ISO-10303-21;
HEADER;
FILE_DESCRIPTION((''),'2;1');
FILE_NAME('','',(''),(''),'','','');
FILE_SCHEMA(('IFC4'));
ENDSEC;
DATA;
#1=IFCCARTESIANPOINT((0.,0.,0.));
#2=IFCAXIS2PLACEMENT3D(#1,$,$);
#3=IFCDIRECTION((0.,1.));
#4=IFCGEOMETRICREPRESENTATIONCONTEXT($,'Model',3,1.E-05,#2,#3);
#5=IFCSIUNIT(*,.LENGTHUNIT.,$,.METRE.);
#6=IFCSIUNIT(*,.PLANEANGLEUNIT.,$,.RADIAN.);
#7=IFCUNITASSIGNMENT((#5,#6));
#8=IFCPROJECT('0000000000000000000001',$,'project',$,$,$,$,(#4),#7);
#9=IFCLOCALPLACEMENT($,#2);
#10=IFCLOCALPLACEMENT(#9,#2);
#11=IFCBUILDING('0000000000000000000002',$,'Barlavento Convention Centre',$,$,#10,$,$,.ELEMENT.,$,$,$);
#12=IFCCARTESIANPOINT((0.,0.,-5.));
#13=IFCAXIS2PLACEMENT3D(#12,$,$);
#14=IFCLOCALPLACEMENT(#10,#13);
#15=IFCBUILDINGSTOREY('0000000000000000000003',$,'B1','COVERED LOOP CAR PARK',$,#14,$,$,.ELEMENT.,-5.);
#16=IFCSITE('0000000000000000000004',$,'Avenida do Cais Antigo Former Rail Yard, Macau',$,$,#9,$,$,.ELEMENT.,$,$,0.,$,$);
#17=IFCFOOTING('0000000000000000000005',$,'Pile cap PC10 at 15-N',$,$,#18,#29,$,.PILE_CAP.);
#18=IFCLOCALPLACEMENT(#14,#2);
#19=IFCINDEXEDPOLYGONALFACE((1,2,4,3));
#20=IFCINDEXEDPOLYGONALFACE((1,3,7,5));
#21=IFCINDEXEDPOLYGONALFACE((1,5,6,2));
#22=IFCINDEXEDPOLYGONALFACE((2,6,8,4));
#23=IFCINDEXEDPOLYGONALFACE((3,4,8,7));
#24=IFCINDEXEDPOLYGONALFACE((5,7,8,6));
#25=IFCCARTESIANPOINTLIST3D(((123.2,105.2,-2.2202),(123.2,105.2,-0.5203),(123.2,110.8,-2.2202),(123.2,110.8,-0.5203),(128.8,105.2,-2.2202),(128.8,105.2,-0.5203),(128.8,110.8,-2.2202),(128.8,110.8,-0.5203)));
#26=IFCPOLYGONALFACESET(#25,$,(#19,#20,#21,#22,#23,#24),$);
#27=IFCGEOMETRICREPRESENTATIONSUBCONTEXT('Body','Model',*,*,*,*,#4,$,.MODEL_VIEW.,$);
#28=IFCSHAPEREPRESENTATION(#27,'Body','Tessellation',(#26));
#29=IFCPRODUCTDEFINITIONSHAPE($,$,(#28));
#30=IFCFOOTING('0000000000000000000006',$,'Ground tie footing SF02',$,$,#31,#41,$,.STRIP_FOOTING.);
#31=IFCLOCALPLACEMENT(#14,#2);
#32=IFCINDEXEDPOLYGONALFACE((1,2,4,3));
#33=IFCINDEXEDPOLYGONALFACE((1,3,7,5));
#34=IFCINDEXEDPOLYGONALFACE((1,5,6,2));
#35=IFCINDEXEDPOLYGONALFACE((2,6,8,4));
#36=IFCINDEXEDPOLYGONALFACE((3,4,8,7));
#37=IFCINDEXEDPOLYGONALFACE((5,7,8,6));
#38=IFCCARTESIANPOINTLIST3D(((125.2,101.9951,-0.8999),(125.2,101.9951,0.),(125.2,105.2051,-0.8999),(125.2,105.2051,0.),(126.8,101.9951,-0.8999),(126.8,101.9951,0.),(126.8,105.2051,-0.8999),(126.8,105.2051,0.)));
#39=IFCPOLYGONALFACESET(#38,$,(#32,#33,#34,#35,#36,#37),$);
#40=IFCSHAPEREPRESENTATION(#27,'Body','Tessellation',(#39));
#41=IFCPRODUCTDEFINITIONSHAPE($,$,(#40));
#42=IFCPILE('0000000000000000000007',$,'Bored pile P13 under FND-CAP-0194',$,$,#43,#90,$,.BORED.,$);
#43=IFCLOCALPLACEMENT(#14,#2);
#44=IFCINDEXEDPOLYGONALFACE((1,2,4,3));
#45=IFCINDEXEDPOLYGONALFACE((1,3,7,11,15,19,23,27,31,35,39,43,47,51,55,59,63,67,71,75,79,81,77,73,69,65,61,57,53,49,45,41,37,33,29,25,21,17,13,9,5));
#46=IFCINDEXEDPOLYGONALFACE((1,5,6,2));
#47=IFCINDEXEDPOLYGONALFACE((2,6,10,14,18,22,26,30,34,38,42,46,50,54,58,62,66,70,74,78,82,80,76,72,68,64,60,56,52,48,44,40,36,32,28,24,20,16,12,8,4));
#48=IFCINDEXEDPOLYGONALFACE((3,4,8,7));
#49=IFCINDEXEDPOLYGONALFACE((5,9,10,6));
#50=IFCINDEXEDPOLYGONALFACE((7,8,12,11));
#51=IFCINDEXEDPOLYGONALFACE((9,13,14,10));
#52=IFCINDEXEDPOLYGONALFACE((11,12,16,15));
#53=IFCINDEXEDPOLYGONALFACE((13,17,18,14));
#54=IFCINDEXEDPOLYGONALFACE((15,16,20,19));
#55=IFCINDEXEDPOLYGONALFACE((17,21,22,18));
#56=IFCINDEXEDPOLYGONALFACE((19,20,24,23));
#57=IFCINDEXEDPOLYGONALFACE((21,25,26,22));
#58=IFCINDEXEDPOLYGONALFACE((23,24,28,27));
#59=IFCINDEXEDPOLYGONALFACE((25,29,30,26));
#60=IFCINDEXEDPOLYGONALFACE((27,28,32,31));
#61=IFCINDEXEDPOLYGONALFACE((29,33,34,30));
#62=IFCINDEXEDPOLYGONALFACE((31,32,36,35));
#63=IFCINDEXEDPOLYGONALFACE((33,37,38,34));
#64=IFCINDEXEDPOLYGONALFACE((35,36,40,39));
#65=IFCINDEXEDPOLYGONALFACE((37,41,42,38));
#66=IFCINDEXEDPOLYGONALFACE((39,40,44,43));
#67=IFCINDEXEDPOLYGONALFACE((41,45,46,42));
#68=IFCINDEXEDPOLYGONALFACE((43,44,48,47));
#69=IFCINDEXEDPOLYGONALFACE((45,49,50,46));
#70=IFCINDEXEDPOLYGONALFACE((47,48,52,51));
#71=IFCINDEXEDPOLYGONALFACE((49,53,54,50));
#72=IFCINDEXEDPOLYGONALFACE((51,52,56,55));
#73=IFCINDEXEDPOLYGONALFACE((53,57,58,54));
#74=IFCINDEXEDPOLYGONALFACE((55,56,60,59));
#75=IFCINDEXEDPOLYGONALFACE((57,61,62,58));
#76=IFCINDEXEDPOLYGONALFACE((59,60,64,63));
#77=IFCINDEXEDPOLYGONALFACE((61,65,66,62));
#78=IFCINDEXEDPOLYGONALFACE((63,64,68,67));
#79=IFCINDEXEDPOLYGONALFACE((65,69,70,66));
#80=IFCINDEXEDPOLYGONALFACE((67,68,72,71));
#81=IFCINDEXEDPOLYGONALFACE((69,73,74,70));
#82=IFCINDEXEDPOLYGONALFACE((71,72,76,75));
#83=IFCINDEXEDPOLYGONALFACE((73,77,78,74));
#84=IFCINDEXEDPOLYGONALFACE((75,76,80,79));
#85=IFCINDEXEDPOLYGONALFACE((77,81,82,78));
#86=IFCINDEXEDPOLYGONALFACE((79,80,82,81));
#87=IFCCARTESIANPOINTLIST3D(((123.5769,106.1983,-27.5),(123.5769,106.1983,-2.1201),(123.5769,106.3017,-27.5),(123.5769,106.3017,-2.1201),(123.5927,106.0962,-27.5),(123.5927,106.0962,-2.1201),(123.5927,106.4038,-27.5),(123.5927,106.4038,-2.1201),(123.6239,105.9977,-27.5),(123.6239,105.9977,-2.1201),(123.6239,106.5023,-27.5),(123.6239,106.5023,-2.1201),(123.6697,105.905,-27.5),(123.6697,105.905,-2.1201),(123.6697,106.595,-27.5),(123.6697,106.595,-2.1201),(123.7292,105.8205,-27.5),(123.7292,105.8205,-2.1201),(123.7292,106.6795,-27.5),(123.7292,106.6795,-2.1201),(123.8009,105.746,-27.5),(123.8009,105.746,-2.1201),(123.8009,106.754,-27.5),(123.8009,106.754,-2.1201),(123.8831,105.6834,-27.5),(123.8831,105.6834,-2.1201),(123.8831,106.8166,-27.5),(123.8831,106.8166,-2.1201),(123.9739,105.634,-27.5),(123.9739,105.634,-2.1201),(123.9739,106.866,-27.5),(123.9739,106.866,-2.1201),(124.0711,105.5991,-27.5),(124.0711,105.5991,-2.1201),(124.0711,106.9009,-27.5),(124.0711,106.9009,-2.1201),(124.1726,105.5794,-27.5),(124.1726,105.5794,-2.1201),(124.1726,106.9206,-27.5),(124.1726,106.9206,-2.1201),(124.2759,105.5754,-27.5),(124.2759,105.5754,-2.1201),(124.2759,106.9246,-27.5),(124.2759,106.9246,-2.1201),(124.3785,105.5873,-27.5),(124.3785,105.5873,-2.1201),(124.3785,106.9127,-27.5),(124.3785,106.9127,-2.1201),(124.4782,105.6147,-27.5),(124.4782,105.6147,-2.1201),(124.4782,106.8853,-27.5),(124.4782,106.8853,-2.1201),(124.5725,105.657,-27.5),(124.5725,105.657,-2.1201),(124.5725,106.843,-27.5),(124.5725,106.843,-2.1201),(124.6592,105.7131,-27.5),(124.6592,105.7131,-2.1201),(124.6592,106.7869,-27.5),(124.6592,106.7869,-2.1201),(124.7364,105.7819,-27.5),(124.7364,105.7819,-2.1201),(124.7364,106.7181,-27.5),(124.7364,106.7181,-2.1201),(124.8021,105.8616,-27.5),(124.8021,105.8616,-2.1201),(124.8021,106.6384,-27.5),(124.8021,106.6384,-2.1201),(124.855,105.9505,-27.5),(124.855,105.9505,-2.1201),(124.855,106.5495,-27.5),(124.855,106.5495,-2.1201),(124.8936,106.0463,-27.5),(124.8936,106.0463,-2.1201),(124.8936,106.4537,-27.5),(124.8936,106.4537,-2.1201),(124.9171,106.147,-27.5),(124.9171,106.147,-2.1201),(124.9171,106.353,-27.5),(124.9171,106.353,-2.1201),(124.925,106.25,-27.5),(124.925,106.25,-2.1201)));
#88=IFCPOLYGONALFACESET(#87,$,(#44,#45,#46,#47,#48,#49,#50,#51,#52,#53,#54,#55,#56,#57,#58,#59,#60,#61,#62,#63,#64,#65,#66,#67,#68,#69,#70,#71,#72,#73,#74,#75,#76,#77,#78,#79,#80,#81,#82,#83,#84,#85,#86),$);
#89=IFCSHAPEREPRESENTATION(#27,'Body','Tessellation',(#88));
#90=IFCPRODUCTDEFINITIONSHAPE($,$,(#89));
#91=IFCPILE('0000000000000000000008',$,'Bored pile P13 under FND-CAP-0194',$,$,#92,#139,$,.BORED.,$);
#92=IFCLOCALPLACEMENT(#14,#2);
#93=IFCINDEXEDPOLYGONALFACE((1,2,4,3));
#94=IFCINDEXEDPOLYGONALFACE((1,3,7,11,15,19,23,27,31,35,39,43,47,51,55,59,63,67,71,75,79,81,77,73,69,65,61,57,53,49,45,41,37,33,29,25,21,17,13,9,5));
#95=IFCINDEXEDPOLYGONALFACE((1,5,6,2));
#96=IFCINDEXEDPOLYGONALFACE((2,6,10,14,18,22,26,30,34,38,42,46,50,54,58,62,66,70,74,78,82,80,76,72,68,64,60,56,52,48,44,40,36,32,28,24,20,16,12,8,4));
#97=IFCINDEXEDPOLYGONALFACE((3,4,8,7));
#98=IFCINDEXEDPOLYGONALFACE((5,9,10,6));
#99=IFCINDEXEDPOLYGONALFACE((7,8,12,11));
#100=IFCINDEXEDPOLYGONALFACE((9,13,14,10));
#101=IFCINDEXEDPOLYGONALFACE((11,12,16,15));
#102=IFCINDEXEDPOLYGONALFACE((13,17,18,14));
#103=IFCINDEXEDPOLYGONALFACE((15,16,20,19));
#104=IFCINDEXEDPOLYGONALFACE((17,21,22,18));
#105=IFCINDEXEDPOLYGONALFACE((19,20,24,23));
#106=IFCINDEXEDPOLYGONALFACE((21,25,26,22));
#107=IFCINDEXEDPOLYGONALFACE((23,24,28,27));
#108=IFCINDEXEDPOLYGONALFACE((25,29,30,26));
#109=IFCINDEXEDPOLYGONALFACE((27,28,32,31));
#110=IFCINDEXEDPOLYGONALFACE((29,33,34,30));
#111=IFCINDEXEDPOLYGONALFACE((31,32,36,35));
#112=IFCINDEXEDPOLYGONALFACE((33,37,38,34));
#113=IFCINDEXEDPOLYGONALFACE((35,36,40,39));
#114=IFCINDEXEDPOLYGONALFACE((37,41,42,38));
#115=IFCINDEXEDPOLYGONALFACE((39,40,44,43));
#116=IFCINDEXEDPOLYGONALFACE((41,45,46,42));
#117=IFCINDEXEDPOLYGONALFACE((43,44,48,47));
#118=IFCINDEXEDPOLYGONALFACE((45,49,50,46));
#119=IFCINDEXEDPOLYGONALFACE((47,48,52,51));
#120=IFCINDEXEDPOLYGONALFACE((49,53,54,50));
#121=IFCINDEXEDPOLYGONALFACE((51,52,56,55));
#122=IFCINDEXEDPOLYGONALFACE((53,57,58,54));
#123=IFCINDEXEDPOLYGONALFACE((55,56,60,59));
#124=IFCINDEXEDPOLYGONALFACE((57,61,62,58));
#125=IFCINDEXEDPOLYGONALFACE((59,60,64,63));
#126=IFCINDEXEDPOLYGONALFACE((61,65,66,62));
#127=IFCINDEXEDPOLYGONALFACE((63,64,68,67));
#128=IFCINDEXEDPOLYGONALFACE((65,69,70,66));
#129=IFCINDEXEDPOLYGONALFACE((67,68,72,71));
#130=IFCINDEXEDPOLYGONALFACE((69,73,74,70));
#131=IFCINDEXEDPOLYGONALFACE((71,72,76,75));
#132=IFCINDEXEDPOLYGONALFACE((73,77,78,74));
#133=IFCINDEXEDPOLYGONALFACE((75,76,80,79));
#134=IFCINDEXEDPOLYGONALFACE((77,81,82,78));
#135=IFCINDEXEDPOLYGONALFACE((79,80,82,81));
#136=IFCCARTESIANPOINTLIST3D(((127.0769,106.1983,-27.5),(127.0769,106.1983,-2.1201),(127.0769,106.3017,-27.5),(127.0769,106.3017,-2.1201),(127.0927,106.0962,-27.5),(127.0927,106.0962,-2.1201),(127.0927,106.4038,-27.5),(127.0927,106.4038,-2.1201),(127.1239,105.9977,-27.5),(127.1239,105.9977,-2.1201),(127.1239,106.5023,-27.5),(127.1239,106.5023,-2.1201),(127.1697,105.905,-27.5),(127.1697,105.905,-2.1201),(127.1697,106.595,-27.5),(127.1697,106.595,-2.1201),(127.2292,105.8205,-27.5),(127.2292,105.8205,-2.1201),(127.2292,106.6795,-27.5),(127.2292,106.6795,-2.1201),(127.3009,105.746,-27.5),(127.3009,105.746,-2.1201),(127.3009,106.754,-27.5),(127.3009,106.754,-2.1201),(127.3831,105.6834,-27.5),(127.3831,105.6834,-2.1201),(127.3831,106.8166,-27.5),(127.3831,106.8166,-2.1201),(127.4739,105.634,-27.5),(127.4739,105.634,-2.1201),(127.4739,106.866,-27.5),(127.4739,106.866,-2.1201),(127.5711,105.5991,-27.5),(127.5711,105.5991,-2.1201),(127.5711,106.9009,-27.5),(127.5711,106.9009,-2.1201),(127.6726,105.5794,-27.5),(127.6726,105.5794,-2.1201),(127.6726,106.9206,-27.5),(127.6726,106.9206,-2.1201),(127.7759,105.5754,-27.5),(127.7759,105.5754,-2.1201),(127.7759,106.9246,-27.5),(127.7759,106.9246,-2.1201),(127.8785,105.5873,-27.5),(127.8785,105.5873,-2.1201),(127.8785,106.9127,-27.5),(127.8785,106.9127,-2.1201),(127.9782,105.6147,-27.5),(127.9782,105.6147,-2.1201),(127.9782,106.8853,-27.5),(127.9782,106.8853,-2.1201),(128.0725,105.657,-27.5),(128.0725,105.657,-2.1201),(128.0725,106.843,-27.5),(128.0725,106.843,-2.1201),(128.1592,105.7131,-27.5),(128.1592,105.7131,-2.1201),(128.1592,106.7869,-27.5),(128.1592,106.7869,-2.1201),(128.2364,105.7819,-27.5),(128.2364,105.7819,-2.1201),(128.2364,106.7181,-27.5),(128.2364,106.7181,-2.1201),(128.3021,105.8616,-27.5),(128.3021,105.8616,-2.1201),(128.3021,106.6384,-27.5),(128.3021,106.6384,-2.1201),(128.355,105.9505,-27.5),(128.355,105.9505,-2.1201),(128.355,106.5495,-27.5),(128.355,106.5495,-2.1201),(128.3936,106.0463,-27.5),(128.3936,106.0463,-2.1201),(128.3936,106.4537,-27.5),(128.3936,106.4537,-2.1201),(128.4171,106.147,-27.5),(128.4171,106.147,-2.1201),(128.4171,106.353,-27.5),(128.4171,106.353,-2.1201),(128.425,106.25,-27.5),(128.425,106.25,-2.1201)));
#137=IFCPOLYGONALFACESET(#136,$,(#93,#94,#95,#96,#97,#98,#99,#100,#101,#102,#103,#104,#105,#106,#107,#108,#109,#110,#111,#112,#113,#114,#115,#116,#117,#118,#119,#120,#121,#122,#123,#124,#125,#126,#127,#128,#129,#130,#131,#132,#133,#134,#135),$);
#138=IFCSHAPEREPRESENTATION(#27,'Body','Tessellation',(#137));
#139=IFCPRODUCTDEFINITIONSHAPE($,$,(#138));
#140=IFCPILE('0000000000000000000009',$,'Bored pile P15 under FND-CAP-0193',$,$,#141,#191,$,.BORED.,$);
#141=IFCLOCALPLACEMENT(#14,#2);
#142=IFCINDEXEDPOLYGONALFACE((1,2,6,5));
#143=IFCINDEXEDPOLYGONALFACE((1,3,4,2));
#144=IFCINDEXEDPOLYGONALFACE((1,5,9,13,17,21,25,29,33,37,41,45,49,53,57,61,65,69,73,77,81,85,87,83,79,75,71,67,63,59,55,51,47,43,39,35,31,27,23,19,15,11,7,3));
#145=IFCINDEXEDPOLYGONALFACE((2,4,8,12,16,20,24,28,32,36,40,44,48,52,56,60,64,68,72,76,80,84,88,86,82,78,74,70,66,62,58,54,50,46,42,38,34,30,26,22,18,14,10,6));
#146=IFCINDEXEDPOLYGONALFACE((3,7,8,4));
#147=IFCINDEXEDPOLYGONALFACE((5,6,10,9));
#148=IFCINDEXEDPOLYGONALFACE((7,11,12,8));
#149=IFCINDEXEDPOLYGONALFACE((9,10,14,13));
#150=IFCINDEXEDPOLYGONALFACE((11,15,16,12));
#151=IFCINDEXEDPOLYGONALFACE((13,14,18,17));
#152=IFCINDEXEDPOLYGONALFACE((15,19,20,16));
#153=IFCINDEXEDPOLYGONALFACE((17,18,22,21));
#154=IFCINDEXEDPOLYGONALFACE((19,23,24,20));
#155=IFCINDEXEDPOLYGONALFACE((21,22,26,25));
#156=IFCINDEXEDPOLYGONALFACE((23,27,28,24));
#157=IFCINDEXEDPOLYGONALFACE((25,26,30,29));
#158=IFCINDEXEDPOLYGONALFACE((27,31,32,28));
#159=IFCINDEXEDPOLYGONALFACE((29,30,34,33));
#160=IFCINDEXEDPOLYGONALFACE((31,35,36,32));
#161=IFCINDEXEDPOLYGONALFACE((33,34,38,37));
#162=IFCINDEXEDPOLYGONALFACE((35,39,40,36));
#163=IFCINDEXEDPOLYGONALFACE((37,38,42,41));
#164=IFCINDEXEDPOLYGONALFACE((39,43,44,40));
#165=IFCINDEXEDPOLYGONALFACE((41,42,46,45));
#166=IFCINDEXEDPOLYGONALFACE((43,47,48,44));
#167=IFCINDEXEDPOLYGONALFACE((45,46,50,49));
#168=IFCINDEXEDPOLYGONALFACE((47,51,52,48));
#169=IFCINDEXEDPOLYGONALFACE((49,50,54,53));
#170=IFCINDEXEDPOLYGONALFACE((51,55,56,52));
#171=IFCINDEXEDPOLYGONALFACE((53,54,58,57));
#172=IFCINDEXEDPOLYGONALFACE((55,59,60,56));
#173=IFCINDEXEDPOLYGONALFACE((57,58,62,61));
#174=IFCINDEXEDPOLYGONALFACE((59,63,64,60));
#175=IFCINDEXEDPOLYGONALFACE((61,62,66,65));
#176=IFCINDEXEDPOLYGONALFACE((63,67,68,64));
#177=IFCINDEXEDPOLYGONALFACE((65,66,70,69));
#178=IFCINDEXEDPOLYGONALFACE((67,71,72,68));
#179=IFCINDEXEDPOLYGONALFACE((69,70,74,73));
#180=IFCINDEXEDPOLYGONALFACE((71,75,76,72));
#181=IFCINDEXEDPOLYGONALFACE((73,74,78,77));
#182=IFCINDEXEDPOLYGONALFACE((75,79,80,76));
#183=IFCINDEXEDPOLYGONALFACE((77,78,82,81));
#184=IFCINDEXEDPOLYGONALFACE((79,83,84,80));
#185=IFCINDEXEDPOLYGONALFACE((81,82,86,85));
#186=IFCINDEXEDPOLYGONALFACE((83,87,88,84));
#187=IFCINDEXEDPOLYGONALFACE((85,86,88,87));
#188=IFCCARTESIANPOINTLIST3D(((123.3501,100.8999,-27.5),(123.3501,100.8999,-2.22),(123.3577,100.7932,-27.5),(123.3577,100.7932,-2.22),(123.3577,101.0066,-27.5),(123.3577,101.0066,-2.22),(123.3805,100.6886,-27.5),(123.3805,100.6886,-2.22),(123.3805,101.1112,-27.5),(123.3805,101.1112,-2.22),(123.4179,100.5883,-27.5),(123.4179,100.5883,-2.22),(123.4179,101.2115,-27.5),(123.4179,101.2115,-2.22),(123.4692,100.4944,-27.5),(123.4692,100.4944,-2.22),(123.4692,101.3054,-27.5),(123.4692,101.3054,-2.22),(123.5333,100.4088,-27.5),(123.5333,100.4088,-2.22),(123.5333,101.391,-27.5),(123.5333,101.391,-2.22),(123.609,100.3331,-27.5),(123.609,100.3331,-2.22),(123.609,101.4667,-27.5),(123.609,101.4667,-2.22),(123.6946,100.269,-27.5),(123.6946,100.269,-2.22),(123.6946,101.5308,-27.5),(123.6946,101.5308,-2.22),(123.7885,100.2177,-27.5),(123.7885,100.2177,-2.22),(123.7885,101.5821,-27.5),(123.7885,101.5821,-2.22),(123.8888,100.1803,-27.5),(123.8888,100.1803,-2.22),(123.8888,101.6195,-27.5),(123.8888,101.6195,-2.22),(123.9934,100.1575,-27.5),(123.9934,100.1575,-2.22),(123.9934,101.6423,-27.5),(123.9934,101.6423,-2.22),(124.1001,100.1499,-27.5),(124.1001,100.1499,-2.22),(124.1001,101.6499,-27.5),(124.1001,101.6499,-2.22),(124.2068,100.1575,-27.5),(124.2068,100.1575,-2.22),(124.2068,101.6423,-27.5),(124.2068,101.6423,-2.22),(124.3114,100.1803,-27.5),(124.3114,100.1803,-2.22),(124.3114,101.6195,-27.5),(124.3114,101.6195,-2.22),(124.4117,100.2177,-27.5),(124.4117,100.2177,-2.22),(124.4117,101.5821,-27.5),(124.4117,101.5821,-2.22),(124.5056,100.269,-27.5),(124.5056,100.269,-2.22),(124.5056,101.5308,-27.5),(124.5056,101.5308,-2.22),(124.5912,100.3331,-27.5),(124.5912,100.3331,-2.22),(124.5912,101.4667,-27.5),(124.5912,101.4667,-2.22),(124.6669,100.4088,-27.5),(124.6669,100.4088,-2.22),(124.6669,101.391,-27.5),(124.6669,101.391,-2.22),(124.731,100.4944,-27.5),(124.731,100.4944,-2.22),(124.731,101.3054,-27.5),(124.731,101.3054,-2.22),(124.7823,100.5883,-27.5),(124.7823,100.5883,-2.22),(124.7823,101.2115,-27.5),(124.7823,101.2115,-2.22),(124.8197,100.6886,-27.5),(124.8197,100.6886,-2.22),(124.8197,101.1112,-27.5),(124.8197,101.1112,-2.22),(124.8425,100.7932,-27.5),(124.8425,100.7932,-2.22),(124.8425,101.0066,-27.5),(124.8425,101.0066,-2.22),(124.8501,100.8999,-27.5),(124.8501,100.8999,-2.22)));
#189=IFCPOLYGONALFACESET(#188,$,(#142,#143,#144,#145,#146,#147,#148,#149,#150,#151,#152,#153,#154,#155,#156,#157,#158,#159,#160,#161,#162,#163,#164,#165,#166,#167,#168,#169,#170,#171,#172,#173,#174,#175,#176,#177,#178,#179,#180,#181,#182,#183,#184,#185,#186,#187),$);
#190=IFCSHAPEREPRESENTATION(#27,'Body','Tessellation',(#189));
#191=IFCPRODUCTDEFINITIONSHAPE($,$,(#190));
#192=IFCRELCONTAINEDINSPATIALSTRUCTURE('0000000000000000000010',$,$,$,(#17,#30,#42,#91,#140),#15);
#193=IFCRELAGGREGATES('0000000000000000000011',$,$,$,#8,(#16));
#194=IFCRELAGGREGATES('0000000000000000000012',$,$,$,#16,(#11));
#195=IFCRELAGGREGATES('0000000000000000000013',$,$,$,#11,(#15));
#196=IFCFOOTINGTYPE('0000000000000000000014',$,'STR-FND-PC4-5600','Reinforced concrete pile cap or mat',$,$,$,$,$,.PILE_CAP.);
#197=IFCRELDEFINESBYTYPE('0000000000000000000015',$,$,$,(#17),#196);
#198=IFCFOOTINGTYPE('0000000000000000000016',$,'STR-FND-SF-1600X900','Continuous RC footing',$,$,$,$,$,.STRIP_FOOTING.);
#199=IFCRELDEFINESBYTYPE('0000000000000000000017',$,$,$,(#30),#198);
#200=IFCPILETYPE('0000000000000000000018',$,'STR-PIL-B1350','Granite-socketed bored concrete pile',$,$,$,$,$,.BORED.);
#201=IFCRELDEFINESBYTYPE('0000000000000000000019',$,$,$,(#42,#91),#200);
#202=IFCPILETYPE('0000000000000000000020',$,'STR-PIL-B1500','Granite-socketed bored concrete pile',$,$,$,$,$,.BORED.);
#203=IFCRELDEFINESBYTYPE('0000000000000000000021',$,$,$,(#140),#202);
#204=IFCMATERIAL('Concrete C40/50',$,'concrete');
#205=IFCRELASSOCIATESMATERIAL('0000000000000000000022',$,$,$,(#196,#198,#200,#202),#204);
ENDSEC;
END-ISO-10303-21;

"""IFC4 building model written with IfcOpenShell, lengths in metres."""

from ifc_helpers import new_model, si_unit, direction, frame, origin, origin_2d, place, context, subcontext, project, spatial, rectangle, circle, extrude, material, material_profile, profile_set, type_object, element, save


model = new_model("IFC4")

# Units and contexts
model_context = context("Model", 3, precision=1e-05, world=origin(), true_north=direction((0.0, 1.0)))
body_context = subcontext(model_context, "Body", "Model", "MODEL_VIEW")
ifc_project = project(units=[si_unit("LENGTHUNIT", "METRE"), si_unit("PLANEANGLEUNIT", "RADIAN")], contexts=[model_context])

# Site, building, storey
site_placement = place(None, origin())
site = spatial("IfcSite", under=ifc_project, at=site_placement, Name="Avenida do Cais Antigo Former Rail Yard, Macau", CompositionType="ELEMENT", RefElevation=0.0)
building_placement = place(site_placement, origin())
building = spatial("IfcBuilding", under=site, at=building_placement, Name="Barlavento Convention Centre", CompositionType="ELEMENT")
storey_placement = place(building_placement, frame((0.0, 0.0, -5.0)))
storey = spatial("IfcBuildingStorey", under=building, at=storey_placement, Name="B1", Description="COVERED LOOP CAR PARK", CompositionType="ELEMENT", Elevation=-5.0)

# Footings
ifc_material_1 = material(Name="Concrete C40/50", Category="concrete")
footing_type_1 = type_object("IfcFootingType", Name="STR-FND-PC4-5600", Description="Reinforced concrete pile cap or mat", PredefinedType="PILE_CAP", material=ifc_material_1)
footing_1_placement = place(storey_placement, frame((126.0, 108.0, -2.2202), z_axis=(0.0, 0.0, 1.0), x_axis=(1.0, 0.0, 0.0)))
element("IfcFooting", 1, at=footing_1_placement, inside=storey, type_object=footing_type_1, Name="Pile cap PC10 at 15-N", PredefinedType="PILE_CAP", context=body_context, shape_type="SweptSolid", body=[
    extrude(rectangle(XDim=5.6001, YDim=5.6001, at=origin_2d()), origin(), (0.0, 0.0, 1.0), 1.7),
])
footing_type_2 = type_object("IfcFootingType", Name="STR-FND-SF-1600X900", Description="Continuous RC footing", PredefinedType="STRIP_FOOTING", material=ifc_material_1)
footing_2_placement = place(storey_placement, frame((126.0, 103.6001, -0.8999), z_axis=(0.0, 0.0, 1.0), x_axis=(1.0, 0.0, 0.0)))
element("IfcFooting", 2, at=footing_2_placement, inside=storey, type_object=footing_type_2, Name="Ground tie footing SF02", PredefinedType="STRIP_FOOTING", context=body_context, shape_type="SweptSolid", body=[
    extrude(rectangle(XDim=1.6001, YDim=3.21, at=origin_2d()), origin(), (0.0, 0.0, 1.0), 0.8999),
])

# Piles
ifc_material_profile_1 = material_profile(ifc_material_1, circle(Radius=0.675, at=origin_2d()), Name="BORED PILE 1350")
ifc_profile_set_1 = profile_set([ifc_material_profile_1], Name="Concrete C40/50")
pile_type_1 = type_object("IfcPileType", Name="STR-PIL-B1350", Description="Granite-socketed bored concrete pile", PredefinedType="BORED", material=ifc_profile_set_1)
for number, where, z_axis, x_axis, name in (
    (3, (124.25, 106.25, -2.1201), (0.0, 0.0, -1.0), (1.0, 0.0, 0.0), "Bored pile P13 under FND-CAP-0194"),
    (4, (127.75, 106.25, -2.1201), (0.0, 0.0, -1.0), (1.0, 0.0, 0.0), "Bored pile P13 under FND-CAP-0194"),
):
    element("IfcPile", number, at=place(storey_placement, frame(where, z_axis=z_axis, x_axis=x_axis)), inside=storey, type_object=pile_type_1, Name=name, PredefinedType="BORED", context=body_context, shape_type="SweptSolid", body=[
        extrude(circle(Radius=0.675, at=origin_2d()), origin(), (0.0, 0.0, 1.0), 25.3799),
    ])
ifc_material_profile_2 = material_profile(ifc_material_1, circle(Radius=0.75, at=origin_2d()), Name="BORED PILE 1500")
ifc_profile_set_2 = profile_set([ifc_material_profile_2], Name="Concrete C40/50")
pile_type_2 = type_object("IfcPileType", Name="STR-PIL-B1500", Description="Granite-socketed bored concrete pile", PredefinedType="BORED", material=ifc_profile_set_2)
for number, where, z_axis, x_axis, name in (
    (5, (124.1001, 100.8999, -2.22), (0.0, 0.0, -1.0), (1.0, 0.0, 0.0), "Bored pile P15 under FND-CAP-0193"),
):
    element("IfcPile", number, at=place(storey_placement, frame(where, z_axis=z_axis, x_axis=x_axis)), inside=storey, type_object=pile_type_2, Name=name, PredefinedType="BORED", context=body_context, shape_type="SweptSolid", body=[
        extrude(circle(Radius=0.75, at=origin_2d()), origin(), (0.0, 0.0, 1.0), 25.28),
    ])

save(model, "model.ifc")
